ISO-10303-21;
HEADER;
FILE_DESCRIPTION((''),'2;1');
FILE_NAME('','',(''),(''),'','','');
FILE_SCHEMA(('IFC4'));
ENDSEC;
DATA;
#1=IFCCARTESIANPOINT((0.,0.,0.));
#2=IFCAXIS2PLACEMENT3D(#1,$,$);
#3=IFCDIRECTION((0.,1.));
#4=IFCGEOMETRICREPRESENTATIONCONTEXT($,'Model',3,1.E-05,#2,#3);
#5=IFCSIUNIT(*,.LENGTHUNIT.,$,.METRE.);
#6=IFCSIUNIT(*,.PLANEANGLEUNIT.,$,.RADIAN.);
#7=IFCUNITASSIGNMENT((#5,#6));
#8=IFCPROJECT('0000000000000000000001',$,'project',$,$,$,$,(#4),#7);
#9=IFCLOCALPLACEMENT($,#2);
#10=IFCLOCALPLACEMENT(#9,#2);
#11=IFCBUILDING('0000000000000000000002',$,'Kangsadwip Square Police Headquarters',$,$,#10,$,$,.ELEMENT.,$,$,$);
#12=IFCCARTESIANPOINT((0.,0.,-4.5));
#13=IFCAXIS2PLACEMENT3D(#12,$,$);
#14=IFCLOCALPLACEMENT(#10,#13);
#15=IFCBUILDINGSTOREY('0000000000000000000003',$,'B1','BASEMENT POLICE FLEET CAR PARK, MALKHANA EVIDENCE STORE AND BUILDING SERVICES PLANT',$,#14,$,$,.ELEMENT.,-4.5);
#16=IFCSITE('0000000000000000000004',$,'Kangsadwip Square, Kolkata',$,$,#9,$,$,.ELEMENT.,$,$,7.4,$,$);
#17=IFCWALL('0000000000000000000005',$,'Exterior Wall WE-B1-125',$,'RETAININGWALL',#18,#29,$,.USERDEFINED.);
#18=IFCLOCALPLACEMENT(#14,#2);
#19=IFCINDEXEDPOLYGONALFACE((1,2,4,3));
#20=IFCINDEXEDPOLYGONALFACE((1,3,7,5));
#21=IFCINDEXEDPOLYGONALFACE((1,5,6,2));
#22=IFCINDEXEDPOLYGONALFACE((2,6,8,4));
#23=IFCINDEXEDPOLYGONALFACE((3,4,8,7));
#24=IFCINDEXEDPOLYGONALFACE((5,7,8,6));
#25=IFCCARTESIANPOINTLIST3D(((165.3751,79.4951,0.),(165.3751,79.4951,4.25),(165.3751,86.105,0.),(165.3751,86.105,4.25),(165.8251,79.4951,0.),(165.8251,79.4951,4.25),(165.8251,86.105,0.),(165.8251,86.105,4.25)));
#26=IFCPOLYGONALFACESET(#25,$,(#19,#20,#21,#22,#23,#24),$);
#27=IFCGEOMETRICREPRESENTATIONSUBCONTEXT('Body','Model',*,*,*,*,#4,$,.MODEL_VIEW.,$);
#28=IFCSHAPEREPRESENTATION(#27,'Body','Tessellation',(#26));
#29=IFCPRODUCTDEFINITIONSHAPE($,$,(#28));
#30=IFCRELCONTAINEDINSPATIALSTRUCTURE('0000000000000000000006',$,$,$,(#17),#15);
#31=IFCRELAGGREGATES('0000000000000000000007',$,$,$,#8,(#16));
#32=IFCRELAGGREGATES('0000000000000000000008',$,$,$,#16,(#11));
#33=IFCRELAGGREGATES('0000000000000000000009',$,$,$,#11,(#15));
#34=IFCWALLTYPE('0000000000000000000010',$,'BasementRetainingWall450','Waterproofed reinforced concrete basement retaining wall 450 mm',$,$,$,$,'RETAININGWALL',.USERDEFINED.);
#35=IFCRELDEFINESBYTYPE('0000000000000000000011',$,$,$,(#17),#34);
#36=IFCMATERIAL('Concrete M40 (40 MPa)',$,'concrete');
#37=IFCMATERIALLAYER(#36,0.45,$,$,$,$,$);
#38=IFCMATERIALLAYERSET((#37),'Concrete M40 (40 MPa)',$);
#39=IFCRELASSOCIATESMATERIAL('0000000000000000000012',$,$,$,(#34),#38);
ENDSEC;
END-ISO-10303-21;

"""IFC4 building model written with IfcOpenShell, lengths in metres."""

from ifc_helpers import new_model, si_unit, direction, frame, frame_2d, origin, place, context, subcontext, project, spatial, rectangle, extrude, material, layer, layer_set, type_object, element, save


model = new_model("IFC4")

# Units and contexts
model_context = context("Model", 3, precision=1e-05, world=origin(), true_north=direction((0.0, 1.0)))
body_context = subcontext(model_context, "Body", "Model", "MODEL_VIEW")
ifc_project = project(units=[si_unit("LENGTHUNIT", "METRE"), si_unit("PLANEANGLEUNIT", "RADIAN")], contexts=[model_context])

# Site, building, storey
site_placement = place(None, origin())
site = spatial("IfcSite", under=ifc_project, at=site_placement, Name="Kangsadwip Square, Kolkata", CompositionType="ELEMENT", RefElevation=7.4)
building_placement = place(site_placement, origin())
building = spatial("IfcBuilding", under=site, at=building_placement, Name="Kangsadwip Square Police Headquarters", CompositionType="ELEMENT")
storey_placement = place(building_placement, frame((0.0, 0.0, -4.5)))
storey = spatial("IfcBuildingStorey", under=building, at=storey_placement, Name="B1", Description="BASEMENT POLICE FLEET CAR PARK, MALKHANA EVIDENCE STORE AND BUILDING SERVICES PLANT", CompositionType="ELEMENT", Elevation=-4.5)

# Wall
ifc_material_1 = material(Name="Concrete M40 (40 MPa)", Category="concrete")
ifc_layer = layer(ifc_material_1, 0.45)
ifc_layer_set = layer_set([ifc_layer], Name="Concrete M40 (40 MPa)")
wall_type = type_object("IfcWallType", Name="BasementRetainingWall450", Description="Waterproofed reinforced concrete basement retaining wall 450 mm", ElementType="RETAININGWALL", PredefinedType="USERDEFINED", material=ifc_layer_set)
wall_1_placement = place(storey_placement, frame((165.6001, 79.4951, 0.0), z_axis=(0.0, 0.0, 1.0), x_axis=(0.0, 1.0, 0.0)))
element("IfcWall", 1, at=wall_1_placement, inside=storey, type_object=wall_type, Name="Exterior Wall WE-B1-125", ObjectType="RETAININGWALL", PredefinedType="USERDEFINED", context=body_context, shape_type="SweptSolid", body=[
    extrude(rectangle(XDim=6.6099, YDim=0.45, at=frame_2d((3.3049, 0.0))), origin(), (0.0, 0.0, 1.0), 4.25),
])

save(model, "model.ifc")
